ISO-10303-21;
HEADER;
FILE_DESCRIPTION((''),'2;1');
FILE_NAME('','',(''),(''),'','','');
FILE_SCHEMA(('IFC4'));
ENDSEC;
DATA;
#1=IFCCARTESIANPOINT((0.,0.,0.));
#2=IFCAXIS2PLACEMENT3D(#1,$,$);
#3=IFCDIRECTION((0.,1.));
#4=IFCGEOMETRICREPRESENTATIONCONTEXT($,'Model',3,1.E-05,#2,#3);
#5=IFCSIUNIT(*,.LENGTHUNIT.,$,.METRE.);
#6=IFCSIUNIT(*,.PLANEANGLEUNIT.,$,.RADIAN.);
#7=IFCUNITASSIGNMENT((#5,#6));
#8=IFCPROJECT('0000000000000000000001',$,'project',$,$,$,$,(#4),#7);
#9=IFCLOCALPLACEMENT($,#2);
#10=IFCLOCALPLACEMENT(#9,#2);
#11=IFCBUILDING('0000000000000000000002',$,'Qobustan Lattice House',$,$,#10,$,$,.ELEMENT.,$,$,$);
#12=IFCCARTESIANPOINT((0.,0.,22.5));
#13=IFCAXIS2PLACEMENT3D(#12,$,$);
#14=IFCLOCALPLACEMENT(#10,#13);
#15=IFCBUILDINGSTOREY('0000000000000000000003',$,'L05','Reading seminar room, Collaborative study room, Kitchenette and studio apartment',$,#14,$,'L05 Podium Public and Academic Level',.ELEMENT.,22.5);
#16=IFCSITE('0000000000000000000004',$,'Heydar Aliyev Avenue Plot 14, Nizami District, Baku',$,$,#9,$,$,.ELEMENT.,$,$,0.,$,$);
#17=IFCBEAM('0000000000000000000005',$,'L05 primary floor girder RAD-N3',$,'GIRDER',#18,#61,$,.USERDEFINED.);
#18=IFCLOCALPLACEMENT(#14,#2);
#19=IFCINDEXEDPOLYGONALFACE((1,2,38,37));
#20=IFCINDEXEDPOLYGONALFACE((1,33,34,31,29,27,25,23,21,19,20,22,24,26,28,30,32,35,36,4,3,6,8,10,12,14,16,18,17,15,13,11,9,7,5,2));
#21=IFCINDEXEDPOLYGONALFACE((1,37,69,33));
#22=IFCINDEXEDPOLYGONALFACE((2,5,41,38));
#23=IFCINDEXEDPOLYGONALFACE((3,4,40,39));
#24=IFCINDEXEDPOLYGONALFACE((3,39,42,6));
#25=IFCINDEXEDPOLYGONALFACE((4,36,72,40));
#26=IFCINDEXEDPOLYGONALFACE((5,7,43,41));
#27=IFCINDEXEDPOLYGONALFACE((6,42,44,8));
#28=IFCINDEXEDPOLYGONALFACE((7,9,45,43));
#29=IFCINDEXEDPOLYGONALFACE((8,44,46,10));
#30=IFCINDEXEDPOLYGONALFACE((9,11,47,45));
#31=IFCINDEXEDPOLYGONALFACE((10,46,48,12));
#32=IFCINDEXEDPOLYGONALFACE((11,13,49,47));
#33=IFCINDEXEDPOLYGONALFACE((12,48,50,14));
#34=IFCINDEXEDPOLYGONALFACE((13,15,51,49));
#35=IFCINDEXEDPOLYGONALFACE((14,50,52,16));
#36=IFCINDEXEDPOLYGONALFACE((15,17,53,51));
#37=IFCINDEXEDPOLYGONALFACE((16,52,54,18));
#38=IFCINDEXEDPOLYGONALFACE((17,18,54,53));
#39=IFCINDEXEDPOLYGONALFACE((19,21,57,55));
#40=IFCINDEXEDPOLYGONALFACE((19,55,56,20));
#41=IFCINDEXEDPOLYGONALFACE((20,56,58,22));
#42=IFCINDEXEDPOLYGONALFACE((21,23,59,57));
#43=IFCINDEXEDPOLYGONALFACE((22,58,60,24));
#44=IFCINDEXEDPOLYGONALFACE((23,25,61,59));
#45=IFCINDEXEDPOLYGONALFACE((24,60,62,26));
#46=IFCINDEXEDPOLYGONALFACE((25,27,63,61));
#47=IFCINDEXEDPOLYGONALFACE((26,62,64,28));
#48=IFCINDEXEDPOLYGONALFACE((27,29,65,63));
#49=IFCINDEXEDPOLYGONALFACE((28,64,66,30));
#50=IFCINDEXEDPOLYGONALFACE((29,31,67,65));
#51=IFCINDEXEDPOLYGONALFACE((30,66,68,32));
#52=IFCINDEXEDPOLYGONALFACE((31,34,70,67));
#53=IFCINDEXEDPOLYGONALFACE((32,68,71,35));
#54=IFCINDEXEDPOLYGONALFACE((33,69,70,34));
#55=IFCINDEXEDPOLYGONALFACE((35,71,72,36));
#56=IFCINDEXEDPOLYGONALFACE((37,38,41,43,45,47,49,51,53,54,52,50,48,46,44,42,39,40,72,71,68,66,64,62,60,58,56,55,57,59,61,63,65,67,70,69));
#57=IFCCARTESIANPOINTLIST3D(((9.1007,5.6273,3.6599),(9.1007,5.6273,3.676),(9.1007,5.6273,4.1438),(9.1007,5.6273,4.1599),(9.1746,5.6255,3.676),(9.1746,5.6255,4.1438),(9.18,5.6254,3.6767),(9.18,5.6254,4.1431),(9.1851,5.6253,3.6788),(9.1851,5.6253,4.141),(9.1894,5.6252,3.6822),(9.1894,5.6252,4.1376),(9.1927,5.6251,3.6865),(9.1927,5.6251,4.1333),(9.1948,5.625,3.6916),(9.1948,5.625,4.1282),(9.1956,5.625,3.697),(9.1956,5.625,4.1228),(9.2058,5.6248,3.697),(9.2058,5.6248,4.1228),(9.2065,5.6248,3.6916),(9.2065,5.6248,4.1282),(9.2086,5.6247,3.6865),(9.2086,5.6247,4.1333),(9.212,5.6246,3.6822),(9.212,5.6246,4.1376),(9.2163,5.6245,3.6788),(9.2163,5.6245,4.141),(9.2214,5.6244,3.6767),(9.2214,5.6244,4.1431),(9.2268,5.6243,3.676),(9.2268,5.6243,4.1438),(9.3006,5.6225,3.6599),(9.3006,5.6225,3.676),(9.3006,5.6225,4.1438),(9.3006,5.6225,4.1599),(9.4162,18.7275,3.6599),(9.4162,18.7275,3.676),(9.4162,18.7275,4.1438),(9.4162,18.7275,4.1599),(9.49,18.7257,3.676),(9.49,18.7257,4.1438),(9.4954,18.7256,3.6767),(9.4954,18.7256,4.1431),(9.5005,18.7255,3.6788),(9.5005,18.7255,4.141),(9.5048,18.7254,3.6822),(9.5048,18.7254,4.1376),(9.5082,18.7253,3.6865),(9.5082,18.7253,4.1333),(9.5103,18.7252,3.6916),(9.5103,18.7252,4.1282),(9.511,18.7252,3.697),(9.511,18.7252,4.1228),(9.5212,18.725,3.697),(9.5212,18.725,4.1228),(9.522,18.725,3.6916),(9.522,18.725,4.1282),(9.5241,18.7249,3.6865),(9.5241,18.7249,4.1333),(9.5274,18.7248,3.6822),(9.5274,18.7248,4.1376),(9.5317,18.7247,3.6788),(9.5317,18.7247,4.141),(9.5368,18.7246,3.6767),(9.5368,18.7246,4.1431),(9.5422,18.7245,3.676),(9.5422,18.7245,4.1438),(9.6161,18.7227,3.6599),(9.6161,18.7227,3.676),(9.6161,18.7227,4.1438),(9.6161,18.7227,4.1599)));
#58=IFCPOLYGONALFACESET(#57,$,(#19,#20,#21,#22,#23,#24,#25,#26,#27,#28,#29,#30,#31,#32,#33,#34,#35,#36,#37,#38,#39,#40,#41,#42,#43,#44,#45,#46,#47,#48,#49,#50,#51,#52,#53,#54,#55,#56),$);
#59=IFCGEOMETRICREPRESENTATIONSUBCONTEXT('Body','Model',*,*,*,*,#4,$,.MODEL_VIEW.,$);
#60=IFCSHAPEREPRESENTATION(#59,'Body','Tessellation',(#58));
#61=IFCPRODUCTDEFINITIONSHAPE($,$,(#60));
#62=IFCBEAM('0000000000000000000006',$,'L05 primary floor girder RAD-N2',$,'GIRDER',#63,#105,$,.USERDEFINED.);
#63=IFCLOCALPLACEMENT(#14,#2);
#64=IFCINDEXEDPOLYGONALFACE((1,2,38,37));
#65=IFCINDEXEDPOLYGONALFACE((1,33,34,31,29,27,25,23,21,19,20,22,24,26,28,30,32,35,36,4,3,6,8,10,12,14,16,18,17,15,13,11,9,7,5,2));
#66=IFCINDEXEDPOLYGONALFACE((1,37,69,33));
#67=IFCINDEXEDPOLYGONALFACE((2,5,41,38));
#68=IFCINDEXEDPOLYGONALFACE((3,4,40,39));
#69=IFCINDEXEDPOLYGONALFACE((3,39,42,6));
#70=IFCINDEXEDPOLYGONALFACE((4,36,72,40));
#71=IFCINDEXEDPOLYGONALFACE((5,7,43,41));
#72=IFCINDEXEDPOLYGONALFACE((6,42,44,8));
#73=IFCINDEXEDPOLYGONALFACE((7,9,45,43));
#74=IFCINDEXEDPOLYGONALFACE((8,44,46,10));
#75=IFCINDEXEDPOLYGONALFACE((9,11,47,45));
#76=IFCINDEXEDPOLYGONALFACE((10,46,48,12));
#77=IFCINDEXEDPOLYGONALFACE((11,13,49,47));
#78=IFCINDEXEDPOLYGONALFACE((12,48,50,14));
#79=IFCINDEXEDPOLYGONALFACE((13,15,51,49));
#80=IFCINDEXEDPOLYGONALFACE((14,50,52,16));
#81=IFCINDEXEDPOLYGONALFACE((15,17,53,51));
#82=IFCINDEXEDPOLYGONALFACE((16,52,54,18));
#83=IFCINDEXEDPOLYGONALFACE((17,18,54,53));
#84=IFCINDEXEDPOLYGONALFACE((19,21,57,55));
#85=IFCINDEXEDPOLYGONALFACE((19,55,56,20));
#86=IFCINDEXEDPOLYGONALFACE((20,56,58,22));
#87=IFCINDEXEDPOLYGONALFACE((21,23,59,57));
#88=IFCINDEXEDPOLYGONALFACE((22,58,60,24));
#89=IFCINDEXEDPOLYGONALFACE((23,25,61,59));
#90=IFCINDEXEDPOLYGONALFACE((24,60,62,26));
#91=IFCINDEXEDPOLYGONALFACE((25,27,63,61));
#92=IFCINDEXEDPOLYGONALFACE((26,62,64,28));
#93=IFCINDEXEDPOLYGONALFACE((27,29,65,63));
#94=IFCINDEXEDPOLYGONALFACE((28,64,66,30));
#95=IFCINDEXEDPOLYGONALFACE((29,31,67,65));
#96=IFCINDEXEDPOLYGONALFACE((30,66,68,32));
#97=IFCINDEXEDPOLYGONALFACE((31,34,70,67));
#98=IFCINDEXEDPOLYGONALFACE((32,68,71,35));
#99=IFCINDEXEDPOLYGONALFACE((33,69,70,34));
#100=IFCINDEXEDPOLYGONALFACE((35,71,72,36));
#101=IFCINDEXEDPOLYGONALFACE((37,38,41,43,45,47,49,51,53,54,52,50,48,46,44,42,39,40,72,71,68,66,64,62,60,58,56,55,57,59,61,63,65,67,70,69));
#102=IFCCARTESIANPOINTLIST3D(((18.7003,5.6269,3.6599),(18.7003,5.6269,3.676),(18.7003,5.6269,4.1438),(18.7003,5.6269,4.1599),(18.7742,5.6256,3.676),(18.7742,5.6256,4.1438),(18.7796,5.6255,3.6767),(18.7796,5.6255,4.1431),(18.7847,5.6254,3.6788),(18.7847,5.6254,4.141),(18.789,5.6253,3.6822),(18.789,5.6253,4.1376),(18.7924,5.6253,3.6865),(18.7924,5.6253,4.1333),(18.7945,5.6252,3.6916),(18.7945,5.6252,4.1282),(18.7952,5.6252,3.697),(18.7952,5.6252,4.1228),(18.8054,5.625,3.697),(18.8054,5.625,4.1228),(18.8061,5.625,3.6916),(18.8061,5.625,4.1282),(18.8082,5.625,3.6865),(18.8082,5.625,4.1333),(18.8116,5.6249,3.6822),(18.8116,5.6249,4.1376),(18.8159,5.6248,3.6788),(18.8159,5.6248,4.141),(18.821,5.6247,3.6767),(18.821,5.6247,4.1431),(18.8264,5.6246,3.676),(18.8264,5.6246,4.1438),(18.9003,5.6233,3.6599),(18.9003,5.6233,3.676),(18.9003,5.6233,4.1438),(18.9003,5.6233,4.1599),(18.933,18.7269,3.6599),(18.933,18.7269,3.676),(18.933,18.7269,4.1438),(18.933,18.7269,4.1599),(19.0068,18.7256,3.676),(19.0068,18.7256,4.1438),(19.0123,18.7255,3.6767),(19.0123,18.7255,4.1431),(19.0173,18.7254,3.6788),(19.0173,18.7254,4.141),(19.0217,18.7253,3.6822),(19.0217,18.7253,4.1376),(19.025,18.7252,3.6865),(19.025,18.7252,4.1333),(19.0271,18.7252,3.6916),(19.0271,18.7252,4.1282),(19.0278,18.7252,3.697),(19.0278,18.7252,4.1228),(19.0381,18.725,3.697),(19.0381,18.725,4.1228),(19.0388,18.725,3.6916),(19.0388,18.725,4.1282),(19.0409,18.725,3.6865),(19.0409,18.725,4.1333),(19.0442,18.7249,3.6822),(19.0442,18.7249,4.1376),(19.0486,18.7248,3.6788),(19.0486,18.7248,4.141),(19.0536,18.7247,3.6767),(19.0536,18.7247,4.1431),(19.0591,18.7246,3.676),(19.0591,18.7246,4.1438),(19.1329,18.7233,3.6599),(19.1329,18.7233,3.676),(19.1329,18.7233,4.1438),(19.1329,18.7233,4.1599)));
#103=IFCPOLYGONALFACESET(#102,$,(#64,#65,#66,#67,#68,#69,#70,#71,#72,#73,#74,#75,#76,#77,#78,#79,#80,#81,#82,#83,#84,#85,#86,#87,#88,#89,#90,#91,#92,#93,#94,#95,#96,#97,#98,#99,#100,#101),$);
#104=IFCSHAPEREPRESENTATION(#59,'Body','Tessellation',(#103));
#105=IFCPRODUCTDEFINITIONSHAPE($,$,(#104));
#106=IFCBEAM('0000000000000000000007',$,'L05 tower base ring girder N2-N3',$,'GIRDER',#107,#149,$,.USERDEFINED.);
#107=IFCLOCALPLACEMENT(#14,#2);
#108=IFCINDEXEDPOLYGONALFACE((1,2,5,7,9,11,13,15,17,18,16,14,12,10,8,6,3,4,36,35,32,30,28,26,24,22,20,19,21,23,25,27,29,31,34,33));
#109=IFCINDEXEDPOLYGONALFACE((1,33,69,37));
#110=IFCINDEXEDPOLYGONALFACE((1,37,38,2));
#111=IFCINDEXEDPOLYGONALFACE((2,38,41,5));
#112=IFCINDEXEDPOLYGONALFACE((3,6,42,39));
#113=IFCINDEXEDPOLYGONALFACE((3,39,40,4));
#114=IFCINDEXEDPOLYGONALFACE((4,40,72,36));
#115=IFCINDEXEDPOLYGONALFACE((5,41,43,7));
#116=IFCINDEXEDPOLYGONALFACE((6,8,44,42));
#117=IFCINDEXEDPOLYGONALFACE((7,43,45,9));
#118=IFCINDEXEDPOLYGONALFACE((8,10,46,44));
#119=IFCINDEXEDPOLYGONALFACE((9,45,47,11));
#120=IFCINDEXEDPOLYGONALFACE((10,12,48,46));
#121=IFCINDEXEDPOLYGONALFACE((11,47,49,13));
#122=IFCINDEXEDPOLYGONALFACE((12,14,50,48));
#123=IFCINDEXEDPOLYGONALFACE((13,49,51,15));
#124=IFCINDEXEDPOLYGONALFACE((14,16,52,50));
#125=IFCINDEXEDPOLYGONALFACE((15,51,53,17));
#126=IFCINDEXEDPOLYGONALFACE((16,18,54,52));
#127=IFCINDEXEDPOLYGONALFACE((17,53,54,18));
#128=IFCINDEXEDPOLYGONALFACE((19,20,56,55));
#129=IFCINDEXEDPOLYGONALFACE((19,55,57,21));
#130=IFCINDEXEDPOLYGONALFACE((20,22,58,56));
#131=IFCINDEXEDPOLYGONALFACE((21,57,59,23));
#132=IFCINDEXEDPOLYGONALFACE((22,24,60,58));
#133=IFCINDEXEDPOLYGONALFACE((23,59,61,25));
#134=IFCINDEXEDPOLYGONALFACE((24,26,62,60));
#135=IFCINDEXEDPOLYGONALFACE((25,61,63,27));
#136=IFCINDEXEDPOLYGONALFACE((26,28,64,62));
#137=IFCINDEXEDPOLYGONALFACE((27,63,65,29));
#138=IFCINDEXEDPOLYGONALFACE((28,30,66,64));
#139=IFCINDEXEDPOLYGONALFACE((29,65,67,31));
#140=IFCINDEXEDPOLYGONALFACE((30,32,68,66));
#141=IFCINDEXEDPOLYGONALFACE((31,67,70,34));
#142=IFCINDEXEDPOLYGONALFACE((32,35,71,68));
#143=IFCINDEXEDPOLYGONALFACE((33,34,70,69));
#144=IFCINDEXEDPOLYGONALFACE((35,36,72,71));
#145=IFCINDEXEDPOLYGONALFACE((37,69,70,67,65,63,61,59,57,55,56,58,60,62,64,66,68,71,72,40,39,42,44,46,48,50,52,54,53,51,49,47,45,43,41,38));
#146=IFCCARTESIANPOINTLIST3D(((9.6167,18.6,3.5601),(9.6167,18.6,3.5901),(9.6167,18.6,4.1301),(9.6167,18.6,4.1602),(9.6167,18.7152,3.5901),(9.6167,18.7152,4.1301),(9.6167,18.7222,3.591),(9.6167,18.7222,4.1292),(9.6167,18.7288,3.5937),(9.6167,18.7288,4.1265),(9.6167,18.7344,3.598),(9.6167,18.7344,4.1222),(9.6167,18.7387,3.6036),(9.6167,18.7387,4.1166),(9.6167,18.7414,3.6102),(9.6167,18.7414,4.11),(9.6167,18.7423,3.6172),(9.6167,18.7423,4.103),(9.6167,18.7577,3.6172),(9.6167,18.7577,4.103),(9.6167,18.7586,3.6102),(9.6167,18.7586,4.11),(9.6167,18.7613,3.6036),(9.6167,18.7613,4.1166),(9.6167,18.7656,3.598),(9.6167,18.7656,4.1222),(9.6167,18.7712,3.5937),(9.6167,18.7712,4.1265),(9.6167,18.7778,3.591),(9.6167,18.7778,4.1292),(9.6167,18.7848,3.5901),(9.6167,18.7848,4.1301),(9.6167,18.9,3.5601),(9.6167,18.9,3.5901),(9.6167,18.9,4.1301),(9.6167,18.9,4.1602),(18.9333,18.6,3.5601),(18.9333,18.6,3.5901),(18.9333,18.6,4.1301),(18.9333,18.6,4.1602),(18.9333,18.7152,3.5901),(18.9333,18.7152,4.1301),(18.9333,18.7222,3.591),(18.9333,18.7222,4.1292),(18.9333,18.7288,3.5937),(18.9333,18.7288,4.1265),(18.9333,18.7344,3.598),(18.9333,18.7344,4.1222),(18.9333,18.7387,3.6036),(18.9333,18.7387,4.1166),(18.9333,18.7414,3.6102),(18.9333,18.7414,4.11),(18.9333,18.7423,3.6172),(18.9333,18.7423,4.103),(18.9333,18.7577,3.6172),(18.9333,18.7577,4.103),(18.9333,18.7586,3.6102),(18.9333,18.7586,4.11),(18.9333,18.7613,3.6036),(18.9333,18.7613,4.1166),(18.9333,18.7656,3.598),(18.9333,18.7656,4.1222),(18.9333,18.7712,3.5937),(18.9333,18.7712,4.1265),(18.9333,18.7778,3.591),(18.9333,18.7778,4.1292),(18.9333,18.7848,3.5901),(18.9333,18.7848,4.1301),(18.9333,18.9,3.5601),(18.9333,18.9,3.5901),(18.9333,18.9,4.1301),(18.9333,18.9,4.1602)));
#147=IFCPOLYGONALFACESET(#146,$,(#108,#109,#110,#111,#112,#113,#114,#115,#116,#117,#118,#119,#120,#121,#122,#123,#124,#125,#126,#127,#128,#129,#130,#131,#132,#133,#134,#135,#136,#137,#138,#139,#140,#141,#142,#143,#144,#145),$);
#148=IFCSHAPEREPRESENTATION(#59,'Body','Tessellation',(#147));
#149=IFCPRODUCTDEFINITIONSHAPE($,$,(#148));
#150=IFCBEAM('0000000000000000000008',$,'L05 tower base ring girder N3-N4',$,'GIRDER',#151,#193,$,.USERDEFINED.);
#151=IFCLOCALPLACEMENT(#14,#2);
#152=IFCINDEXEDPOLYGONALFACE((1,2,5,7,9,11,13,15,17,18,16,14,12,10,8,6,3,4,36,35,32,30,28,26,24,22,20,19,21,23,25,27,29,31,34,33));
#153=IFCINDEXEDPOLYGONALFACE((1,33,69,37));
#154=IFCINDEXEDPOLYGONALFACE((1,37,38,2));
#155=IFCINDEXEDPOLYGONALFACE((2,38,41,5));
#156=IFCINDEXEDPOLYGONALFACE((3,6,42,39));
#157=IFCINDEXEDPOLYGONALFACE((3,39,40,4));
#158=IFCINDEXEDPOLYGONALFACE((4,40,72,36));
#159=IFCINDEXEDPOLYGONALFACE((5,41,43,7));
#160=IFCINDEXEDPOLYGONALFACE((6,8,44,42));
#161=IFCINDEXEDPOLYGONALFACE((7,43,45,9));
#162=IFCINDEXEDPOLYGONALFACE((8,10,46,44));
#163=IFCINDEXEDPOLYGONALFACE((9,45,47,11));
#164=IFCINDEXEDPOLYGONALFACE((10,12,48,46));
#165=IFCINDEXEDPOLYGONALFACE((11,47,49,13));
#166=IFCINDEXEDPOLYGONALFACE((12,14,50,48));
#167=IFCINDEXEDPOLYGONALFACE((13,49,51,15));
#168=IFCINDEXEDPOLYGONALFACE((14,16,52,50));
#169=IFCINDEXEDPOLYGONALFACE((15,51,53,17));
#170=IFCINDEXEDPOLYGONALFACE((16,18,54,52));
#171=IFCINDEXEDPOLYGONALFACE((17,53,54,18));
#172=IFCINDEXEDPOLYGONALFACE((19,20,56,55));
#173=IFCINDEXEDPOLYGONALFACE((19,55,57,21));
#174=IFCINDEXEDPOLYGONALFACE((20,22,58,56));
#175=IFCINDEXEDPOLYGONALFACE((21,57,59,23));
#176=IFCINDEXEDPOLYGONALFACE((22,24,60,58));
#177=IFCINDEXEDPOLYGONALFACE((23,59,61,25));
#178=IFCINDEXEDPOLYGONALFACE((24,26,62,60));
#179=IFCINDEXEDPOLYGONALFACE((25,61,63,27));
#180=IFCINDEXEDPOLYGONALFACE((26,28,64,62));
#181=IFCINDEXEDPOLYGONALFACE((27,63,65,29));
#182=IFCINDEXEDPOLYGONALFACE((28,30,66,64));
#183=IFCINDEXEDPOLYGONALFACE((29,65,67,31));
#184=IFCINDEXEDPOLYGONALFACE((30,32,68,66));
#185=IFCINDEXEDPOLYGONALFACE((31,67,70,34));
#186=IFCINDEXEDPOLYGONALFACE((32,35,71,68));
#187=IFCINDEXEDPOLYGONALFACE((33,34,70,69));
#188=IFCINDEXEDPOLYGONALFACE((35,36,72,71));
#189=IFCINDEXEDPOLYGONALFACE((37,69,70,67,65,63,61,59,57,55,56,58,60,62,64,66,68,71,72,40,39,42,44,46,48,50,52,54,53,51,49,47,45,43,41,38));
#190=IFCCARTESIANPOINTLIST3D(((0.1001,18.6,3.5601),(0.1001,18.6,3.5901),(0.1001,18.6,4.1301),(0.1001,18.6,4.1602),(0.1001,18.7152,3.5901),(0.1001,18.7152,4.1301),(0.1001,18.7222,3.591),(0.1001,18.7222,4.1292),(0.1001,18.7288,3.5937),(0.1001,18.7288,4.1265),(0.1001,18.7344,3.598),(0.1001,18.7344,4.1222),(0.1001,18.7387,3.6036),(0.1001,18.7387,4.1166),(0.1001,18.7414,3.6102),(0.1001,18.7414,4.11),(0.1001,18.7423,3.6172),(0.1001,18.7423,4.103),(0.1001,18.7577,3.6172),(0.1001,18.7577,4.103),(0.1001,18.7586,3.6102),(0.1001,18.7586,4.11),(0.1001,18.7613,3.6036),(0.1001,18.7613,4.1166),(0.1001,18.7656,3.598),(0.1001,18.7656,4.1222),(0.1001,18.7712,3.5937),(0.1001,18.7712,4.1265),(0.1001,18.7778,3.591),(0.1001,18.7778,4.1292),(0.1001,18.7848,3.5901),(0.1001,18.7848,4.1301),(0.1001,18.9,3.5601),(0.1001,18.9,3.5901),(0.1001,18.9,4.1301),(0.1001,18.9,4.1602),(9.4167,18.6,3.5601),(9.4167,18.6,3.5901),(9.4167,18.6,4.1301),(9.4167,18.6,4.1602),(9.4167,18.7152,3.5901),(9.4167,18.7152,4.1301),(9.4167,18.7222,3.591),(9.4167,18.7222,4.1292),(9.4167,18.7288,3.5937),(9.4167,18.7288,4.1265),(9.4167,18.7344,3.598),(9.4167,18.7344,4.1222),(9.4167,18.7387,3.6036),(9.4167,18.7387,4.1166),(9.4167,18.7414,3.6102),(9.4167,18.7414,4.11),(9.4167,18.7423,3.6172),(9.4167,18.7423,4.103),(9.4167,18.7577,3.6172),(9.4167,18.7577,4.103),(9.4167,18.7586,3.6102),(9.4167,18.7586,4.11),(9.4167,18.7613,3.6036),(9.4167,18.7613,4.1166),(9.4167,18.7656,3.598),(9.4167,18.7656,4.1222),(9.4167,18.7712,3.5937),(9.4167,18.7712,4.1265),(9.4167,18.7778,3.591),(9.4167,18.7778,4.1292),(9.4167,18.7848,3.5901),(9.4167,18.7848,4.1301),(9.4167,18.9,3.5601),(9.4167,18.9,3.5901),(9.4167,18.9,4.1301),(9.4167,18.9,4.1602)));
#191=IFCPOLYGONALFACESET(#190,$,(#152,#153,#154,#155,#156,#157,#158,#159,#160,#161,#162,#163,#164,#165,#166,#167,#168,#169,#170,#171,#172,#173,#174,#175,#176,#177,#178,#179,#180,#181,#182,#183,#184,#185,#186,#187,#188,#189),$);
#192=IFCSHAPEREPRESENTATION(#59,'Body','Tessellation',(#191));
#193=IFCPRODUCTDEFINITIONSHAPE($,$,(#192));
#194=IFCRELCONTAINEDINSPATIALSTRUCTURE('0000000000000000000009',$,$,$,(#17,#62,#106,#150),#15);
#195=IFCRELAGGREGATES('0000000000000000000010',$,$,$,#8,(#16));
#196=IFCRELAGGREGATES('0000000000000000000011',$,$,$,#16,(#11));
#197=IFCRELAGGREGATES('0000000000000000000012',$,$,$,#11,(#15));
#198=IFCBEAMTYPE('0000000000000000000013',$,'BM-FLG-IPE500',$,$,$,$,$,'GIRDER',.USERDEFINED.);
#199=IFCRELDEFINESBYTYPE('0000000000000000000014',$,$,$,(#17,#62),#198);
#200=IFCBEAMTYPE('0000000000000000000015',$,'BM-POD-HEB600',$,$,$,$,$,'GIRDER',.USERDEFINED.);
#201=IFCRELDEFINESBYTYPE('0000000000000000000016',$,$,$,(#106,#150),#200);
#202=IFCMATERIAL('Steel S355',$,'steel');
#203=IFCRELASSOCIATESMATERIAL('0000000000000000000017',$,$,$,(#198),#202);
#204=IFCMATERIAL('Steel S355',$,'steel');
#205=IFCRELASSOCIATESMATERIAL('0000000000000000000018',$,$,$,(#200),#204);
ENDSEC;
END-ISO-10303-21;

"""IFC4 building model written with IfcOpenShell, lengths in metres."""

from ifc_helpers import new_model, si_unit, direction, frame, origin, origin_2d, place, context, subcontext, project, spatial, i_section, extrude, material, material_profile, profile_set, type_object, element, save


model = new_model("IFC4")

# Units and contexts
model_context = context("Model", 3, precision=1e-05, world=origin(), true_north=direction((0.0, 1.0)))
body_context = subcontext(model_context, "Body", "Model", "MODEL_VIEW")
ifc_project = project(units=[si_unit("LENGTHUNIT", "METRE"), si_unit("PLANEANGLEUNIT", "RADIAN")], contexts=[model_context])

# Site, building, storey
site_placement = place(None, origin())
site = spatial("IfcSite", under=ifc_project, at=site_placement, Name="Heydar Aliyev Avenue Plot 14, Nizami District, Baku", CompositionType="ELEMENT", RefElevation=0.0)
building_placement = place(site_placement, origin())
building = spatial("IfcBuilding", under=site, at=building_placement, Name="Qobustan Lattice House", CompositionType="ELEMENT")
storey_placement = place(building_placement, frame((0.0, 0.0, 22.5)))
storey = spatial("IfcBuildingStorey", under=building, at=storey_placement, Name="L05", Description="Reading seminar room, Collaborative study room, Kitchenette and studio apartment", LongName="L05 Podium Public and Academic Level", CompositionType="ELEMENT", Elevation=22.5)

# Beams
ifc_material_1 = material(Name="Steel S355", Category="steel")
ifc_material_profile_1 = material_profile(ifc_material_1, i_section(OverallWidth=0.2, OverallDepth=0.5, WebThickness=0.0103, FlangeThickness=0.0161, FilletRadius=0.021, at=origin_2d()), Name="IPE500")
ifc_profile_set_1 = profile_set([ifc_material_profile_1], Name="Steel S355")
beam_type_1 = type_object("IfcBeamType", Name="BM-FLG-IPE500", ElementType="GIRDER", PredefinedType="USERDEFINED", material=ifc_profile_set_1)
beam_1_placement = place(storey_placement, frame((9.5161, 18.7251, 3.9099), z_axis=(-0.024071, -0.99971, 0.0), x_axis=(0.99971, -0.024071, 0.0)))
element("IfcBeam", 1, at=beam_1_placement, inside=storey, type_object=beam_type_1, Name="L05 primary floor girder RAD-N3", ObjectType="GIRDER", PredefinedType="USERDEFINED", context=body_context, shape_type="SweptSolid", body=[
    extrude(i_section(OverallWidth=0.2, OverallDepth=0.5, WebThickness=0.0103, FlangeThickness=0.0161, FilletRadius=0.021, at=origin_2d()), origin(), (0.0, 0.0, 1.0), 13.104),
])
beam_2_placement = place(storey_placement, frame((19.033, 18.7251, 3.9099), z_axis=(-0.017758, -0.999842, 0.0), x_axis=(0.999842, -0.017758, 0.0)))
element("IfcBeam", 2, at=beam_2_placement, inside=storey, type_object=beam_type_1, Name="L05 primary floor girder RAD-N2", ObjectType="GIRDER", PredefinedType="USERDEFINED", context=body_context, shape_type="SweptSolid", body=[
    extrude(i_section(OverallWidth=0.2, OverallDepth=0.5, WebThickness=0.0103, FlangeThickness=0.0161, FilletRadius=0.021, at=origin_2d()), origin(), (0.0, 0.0, 1.0), 13.1021),
])
ifc_material_2 = material(Name="Steel S355", Category="steel")
ifc_material_profile_2 = material_profile(ifc_material_2, i_section(OverallWidth=0.3, OverallDepth=0.6001, WebThickness=0.0154, FlangeThickness=0.03, FilletRadius=0.0271, at=origin_2d()), Name="HEB600")
ifc_profile_set_2 = profile_set([ifc_material_profile_2], Name="Steel S355")
beam_type_2 = type_object("IfcBeamType", Name="BM-POD-HEB600", ElementType="GIRDER", PredefinedType="USERDEFINED", material=ifc_profile_set_2)
for number, where, z_axis, x_axis, name in (
    (3, (18.9333, 18.75, 3.8601), (-1.0, 0.0, 0.0), (0.0, -1.0, 0.0), "L05 tower base ring girder N2-N3"),
    (4, (9.4167, 18.75, 3.8601), (-1.0, 0.0, 0.0), (0.0, -1.0, 0.0), "L05 tower base ring girder N3-N4"),
):
    element("IfcBeam", number, at=place(storey_placement, frame(where, z_axis=z_axis, x_axis=x_axis)), inside=storey, type_object=beam_type_2, Name=name, ObjectType="GIRDER", PredefinedType="USERDEFINED", context=body_context, shape_type="SweptSolid", body=[
        extrude(i_section(OverallWidth=0.3, OverallDepth=0.6001, WebThickness=0.0154, FlangeThickness=0.03, FilletRadius=0.0271, at=origin_2d()), origin(), (0.0, 0.0, 1.0), 9.3167),
    ])

save(model, "model.ifc")
